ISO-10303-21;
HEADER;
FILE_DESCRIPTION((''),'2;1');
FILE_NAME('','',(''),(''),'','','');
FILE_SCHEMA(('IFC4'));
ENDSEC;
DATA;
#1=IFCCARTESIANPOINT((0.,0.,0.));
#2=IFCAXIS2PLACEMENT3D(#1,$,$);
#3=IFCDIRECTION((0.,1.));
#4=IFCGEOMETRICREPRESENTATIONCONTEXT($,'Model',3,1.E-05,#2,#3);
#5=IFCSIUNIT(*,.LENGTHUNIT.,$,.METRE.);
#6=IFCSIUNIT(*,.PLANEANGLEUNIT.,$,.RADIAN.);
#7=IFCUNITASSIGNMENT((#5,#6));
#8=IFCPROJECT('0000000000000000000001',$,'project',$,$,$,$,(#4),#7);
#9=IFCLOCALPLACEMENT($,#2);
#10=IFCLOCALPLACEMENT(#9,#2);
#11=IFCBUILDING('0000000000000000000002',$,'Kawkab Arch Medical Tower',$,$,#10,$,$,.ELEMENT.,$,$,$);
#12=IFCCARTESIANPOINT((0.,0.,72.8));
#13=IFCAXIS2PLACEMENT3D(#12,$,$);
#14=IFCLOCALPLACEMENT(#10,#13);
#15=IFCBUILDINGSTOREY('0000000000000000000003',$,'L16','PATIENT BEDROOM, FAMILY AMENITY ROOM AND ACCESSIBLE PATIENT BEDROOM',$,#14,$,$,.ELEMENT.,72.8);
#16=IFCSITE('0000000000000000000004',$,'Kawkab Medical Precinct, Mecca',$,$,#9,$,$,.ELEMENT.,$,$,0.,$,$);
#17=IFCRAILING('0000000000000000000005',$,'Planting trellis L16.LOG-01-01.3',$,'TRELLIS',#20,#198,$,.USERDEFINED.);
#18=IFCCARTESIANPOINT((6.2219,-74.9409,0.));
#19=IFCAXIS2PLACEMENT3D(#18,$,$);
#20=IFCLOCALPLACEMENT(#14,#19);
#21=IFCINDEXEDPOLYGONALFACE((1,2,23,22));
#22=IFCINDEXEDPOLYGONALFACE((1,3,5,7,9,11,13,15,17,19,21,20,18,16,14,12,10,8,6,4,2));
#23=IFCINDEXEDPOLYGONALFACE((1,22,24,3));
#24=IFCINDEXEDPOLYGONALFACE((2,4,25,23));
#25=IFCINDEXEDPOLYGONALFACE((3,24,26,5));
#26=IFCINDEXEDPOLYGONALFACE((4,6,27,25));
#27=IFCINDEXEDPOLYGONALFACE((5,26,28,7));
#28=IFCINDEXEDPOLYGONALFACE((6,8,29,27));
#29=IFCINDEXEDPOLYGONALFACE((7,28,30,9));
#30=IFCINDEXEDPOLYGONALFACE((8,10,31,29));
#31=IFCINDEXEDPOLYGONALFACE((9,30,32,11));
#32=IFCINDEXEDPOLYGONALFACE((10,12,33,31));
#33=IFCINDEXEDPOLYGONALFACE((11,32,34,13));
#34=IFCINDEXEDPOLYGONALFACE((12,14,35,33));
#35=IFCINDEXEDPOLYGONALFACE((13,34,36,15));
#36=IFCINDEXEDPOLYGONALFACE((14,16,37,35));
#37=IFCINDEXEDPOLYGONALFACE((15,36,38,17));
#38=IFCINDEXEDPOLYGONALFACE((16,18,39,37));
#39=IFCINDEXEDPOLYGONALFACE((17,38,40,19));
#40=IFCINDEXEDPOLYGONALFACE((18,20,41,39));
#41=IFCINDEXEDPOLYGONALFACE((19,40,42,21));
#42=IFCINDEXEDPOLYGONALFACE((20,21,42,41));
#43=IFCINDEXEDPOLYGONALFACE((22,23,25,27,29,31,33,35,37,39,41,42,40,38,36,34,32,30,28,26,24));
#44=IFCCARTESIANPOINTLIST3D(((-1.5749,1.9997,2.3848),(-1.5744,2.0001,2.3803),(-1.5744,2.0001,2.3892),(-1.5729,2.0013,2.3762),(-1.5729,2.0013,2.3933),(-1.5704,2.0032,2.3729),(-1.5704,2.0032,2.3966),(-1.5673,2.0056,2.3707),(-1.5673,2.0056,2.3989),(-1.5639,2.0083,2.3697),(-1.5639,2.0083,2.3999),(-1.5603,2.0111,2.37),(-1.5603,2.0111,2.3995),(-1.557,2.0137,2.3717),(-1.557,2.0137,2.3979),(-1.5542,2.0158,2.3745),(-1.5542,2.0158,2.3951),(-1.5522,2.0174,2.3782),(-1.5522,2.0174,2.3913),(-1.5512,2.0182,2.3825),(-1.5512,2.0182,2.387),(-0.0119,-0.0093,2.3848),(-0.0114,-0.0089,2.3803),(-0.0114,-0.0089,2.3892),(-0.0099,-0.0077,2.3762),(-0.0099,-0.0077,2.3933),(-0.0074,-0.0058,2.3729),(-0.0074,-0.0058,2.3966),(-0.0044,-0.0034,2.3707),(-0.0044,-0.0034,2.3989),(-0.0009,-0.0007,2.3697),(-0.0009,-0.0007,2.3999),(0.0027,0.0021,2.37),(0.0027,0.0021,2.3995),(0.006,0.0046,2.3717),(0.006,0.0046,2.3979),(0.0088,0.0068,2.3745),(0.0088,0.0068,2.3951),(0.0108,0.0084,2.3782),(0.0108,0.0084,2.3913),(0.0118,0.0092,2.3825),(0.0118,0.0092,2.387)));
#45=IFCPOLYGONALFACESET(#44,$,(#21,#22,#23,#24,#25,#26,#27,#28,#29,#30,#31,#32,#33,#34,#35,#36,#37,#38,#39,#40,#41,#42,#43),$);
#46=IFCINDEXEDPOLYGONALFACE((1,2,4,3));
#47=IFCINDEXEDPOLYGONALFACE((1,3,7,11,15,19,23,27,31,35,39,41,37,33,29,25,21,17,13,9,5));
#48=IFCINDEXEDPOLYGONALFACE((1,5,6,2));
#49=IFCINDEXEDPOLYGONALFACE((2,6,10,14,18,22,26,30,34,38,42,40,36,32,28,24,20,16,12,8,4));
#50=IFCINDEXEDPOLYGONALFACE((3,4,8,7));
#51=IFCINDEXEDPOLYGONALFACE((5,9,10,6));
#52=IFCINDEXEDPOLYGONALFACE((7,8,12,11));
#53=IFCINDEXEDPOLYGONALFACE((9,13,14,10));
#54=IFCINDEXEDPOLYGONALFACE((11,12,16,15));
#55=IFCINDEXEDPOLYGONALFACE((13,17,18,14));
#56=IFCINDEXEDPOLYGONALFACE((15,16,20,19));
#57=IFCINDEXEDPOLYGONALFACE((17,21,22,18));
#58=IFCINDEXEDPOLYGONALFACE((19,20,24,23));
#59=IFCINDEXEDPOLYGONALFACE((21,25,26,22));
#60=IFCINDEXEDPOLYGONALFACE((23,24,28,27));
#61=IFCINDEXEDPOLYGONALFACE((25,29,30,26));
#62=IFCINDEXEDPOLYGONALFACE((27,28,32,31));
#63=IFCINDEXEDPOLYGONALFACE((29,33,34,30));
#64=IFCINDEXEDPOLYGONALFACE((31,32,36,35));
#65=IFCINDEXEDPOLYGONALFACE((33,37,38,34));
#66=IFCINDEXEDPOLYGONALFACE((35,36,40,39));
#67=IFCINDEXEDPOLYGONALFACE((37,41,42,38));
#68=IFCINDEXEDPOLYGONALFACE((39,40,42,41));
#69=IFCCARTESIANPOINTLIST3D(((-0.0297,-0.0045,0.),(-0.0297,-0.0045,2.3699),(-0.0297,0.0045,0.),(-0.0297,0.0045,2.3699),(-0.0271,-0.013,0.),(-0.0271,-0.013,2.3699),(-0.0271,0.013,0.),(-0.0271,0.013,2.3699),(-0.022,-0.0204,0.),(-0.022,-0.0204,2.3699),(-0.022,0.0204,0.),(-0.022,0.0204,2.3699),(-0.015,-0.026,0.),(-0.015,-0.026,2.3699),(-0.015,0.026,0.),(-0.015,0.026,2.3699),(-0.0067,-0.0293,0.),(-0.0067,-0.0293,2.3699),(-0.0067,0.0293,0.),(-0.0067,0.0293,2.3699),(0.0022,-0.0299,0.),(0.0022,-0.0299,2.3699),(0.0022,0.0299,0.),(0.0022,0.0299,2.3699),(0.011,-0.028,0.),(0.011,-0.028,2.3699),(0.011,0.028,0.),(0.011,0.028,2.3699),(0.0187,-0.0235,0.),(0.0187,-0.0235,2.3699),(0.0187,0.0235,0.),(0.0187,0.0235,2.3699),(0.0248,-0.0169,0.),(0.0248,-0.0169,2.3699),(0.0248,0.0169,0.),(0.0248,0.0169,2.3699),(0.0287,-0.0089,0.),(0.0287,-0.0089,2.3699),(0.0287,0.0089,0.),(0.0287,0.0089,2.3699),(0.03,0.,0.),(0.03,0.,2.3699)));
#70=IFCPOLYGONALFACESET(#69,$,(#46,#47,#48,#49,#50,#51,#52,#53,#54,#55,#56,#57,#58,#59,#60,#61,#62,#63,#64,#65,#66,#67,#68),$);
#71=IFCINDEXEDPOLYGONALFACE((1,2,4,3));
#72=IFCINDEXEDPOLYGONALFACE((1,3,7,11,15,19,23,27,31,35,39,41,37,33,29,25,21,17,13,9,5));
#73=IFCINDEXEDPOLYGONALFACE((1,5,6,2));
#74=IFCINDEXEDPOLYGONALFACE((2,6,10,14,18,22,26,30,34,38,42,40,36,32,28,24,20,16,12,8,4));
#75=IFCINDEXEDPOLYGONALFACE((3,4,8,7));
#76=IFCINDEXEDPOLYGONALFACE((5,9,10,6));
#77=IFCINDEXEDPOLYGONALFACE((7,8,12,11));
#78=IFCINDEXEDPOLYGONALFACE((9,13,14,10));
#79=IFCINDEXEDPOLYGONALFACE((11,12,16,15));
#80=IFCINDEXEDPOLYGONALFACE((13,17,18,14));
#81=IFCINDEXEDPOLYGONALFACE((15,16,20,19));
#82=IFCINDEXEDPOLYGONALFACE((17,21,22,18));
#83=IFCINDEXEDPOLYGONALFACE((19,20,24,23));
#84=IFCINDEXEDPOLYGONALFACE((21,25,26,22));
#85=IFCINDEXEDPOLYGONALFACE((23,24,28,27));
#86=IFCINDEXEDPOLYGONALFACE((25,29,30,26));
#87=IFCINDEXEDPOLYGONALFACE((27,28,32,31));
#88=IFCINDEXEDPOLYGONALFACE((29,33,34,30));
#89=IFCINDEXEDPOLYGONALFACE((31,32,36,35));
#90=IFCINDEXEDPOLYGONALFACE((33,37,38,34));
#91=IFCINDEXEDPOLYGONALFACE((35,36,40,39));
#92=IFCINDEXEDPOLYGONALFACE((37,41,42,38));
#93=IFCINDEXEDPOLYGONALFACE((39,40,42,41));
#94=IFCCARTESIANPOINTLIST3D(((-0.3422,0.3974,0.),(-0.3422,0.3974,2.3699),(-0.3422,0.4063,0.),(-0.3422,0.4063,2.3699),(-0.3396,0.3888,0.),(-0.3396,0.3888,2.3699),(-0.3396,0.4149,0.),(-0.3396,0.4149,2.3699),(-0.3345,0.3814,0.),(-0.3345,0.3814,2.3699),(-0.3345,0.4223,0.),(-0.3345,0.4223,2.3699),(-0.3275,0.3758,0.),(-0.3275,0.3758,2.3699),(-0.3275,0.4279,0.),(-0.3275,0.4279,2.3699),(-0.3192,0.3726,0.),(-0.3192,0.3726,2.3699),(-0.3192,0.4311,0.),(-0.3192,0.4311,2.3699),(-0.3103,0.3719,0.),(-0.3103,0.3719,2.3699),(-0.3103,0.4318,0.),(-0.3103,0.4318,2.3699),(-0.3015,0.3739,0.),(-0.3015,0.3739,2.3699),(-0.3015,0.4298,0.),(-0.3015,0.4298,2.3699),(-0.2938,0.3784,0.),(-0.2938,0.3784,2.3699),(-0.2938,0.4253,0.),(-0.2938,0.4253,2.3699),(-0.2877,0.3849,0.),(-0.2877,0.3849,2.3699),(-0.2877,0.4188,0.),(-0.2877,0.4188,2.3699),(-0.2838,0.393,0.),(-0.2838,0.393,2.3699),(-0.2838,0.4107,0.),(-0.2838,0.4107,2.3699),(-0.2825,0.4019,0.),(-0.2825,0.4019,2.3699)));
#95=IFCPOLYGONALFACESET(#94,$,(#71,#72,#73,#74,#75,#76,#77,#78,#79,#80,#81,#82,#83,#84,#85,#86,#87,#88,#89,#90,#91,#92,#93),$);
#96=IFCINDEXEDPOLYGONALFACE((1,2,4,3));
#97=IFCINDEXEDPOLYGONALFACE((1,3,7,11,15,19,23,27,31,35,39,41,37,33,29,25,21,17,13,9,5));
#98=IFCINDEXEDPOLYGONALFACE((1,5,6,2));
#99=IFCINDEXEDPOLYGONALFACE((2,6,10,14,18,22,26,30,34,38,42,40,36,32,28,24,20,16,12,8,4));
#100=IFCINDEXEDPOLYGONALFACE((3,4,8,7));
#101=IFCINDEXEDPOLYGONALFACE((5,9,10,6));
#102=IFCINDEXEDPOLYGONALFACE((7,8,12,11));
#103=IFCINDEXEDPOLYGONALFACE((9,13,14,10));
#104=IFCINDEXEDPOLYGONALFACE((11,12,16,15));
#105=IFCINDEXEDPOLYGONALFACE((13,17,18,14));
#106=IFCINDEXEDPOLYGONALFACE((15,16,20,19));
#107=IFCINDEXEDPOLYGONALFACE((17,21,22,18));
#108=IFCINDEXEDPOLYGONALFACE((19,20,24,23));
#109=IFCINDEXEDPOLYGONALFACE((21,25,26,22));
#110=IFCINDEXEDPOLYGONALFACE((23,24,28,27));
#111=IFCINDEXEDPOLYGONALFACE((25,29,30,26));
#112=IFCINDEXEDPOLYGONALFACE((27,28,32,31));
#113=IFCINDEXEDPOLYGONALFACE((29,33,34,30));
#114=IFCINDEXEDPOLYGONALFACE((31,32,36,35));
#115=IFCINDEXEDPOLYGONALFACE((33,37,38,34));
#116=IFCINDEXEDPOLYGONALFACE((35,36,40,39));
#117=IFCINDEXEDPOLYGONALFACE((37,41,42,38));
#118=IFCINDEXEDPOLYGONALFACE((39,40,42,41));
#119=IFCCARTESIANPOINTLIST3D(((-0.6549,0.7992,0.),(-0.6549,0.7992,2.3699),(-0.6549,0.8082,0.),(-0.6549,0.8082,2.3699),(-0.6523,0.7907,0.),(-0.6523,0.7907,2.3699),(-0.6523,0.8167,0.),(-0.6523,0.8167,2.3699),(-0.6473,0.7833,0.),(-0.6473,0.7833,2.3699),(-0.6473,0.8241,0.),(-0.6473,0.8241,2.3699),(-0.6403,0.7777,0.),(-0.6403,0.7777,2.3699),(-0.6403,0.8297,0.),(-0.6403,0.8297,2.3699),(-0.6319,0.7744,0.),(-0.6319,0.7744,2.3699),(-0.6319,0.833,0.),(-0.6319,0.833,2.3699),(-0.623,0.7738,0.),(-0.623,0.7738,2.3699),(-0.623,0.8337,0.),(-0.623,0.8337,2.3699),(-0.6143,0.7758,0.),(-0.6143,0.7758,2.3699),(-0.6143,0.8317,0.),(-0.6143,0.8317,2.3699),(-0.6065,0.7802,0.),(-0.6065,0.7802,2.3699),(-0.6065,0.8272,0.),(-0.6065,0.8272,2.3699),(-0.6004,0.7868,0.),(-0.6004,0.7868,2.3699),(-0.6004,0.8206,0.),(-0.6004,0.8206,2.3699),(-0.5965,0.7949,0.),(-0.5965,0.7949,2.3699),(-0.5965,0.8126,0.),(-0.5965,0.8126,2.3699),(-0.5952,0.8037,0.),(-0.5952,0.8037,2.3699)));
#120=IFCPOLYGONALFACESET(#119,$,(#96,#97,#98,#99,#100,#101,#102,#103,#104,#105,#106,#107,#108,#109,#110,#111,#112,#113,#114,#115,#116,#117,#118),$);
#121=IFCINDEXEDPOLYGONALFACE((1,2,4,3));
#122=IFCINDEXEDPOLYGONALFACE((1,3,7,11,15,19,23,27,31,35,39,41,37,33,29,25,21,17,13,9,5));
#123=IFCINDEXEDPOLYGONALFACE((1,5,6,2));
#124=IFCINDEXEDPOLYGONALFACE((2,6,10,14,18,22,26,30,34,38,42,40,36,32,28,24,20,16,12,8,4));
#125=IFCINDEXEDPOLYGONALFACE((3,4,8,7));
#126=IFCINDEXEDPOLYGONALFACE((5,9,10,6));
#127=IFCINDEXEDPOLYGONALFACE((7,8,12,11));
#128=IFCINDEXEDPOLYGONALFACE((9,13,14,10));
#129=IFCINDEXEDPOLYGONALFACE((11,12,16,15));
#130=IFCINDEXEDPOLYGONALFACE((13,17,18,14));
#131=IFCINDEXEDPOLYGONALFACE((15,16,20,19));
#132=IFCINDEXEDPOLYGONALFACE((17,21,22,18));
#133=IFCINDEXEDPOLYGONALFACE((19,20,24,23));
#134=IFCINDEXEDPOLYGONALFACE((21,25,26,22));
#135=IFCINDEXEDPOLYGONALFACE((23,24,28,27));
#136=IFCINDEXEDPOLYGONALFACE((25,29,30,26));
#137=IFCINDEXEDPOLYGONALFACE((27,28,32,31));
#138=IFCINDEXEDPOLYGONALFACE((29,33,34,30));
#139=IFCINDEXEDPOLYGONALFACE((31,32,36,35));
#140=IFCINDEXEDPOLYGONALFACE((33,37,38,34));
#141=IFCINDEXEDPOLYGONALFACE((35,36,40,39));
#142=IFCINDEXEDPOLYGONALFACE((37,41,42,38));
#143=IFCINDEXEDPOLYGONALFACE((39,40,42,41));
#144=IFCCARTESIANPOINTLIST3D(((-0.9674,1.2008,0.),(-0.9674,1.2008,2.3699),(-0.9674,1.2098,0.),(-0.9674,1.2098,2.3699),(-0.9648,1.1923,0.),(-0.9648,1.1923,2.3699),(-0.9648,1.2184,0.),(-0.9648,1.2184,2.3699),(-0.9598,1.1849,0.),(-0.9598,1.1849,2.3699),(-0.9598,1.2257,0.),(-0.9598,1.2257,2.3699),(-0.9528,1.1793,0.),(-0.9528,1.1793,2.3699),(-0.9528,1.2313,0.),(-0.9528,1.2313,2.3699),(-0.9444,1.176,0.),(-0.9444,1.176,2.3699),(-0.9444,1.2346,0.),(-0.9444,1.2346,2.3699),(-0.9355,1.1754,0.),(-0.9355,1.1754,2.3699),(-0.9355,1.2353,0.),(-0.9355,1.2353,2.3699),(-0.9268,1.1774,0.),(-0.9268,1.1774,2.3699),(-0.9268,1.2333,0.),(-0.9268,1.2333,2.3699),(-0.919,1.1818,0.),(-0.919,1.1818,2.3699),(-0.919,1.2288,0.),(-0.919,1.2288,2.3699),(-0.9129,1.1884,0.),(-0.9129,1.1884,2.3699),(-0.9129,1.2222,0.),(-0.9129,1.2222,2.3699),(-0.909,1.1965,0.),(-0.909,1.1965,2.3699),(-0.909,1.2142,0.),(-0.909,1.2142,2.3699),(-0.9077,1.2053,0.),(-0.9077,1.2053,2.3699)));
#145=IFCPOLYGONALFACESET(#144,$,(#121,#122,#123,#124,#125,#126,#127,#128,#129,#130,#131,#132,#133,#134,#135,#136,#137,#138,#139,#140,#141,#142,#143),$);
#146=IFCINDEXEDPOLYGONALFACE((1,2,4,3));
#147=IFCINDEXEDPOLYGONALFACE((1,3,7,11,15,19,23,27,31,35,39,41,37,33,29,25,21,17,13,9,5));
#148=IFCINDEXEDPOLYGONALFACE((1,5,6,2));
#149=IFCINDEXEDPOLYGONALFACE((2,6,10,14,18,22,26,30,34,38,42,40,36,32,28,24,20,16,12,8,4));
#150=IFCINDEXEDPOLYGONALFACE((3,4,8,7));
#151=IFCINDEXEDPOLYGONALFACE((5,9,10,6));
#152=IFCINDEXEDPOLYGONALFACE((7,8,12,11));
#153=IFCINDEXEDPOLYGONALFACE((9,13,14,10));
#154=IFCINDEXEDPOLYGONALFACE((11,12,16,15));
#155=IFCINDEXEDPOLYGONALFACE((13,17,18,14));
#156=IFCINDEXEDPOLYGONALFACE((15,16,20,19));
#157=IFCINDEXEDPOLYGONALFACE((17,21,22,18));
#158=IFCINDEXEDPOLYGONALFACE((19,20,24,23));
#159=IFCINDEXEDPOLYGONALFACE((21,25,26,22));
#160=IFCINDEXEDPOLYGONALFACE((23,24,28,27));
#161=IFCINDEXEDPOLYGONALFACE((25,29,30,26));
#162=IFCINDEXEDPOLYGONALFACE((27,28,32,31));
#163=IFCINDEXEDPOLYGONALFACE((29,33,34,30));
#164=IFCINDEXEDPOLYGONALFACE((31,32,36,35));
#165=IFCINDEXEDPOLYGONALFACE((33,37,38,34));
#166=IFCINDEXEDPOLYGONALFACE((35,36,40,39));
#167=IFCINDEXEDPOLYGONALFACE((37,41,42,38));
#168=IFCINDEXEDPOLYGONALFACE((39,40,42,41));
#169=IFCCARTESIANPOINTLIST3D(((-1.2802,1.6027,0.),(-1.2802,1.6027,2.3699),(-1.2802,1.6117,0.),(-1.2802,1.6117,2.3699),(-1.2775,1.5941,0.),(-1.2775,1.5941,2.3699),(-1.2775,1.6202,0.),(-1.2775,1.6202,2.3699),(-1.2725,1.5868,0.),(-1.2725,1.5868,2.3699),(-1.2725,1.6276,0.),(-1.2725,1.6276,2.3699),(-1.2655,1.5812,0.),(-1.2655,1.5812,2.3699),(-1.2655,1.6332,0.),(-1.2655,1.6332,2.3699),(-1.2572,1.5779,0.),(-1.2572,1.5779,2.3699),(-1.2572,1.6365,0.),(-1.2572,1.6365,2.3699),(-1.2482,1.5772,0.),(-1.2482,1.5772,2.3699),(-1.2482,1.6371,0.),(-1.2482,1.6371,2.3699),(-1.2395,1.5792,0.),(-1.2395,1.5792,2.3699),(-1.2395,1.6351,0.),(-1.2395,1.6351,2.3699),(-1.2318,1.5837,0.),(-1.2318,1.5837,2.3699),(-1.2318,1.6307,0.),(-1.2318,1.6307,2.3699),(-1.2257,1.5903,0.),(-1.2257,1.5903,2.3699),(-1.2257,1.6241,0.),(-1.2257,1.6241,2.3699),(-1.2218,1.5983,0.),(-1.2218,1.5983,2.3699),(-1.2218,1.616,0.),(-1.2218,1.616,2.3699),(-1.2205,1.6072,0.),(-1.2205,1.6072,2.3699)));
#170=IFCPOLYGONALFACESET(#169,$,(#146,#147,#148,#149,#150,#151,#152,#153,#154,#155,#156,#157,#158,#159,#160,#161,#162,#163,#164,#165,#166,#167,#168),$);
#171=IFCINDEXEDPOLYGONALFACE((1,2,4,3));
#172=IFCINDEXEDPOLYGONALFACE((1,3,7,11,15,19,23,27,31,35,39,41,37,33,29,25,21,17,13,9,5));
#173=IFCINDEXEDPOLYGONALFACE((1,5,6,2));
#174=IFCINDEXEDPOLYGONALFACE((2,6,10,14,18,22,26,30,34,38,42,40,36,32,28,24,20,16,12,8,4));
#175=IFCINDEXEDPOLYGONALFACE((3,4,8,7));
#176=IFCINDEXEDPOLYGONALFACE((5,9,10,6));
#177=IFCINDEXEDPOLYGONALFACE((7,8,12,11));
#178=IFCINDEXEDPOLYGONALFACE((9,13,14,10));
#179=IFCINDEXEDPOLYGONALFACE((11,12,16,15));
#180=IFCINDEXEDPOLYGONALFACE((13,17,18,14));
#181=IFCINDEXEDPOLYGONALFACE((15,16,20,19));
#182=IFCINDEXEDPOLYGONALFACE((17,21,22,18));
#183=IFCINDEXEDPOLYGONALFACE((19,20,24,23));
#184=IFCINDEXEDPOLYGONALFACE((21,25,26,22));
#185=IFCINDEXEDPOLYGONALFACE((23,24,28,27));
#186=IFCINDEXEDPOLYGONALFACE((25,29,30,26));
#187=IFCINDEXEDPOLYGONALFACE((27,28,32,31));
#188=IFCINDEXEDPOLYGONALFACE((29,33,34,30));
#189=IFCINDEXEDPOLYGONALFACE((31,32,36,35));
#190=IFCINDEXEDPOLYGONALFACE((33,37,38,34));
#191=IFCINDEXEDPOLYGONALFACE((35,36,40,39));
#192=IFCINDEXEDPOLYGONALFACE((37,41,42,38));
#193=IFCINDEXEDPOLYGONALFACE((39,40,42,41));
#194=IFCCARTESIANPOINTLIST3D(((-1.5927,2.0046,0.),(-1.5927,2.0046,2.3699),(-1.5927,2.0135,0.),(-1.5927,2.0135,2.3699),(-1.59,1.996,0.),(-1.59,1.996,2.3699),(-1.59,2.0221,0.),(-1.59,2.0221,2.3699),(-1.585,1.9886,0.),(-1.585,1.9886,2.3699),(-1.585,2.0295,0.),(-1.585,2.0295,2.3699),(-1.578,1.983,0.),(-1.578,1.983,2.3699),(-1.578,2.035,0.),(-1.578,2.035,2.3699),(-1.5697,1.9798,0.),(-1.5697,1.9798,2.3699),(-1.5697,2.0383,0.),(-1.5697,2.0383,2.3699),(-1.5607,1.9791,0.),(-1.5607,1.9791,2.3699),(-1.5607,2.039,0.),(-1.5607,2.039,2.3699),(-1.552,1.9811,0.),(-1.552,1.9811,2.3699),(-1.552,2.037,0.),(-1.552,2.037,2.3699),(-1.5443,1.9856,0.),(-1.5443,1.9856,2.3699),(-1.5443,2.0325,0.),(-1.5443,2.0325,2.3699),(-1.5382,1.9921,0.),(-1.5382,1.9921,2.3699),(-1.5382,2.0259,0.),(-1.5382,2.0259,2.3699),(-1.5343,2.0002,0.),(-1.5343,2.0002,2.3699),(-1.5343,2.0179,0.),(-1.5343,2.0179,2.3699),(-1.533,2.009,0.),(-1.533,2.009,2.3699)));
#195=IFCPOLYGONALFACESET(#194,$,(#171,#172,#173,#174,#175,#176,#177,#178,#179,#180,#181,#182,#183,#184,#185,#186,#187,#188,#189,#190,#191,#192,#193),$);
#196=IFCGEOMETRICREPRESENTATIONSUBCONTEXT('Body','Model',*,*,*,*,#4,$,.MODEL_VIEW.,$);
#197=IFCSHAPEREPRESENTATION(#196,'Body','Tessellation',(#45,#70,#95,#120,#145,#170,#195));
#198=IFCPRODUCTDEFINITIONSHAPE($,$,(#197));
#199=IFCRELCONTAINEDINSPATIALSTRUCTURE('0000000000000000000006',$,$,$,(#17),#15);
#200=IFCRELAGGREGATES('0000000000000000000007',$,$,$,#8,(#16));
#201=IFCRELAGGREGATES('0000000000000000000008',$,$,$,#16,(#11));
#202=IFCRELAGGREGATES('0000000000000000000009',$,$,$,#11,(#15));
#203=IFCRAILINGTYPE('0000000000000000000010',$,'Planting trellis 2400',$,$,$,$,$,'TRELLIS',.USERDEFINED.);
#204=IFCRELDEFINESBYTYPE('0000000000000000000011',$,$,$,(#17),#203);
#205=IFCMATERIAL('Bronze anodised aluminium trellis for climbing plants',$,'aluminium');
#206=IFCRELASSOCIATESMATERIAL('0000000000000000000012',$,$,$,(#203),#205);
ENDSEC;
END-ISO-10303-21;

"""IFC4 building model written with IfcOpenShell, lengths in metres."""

from ifc_helpers import new_model, si_unit, direction, frame, origin, origin_2d, place, context, subcontext, project, spatial, circle, extrude, material, type_object, element, save


model = new_model("IFC4")

# Units and contexts
model_context = context("Model", 3, precision=1e-05, world=origin(), true_north=direction((0.0, 1.0)))
body_context = subcontext(model_context, "Body", "Model", "MODEL_VIEW")
ifc_project = project(units=[si_unit("LENGTHUNIT", "METRE"), si_unit("PLANEANGLEUNIT", "RADIAN")], contexts=[model_context])

# Site, building, storey
site_placement = place(None, origin())
site = spatial("IfcSite", under=ifc_project, at=site_placement, Name="Kawkab Medical Precinct, Mecca", CompositionType="ELEMENT", RefElevation=0.0)
building_placement = place(site_placement, origin())
building = spatial("IfcBuilding", under=site, at=building_placement, Name="Kawkab Arch Medical Tower", CompositionType="ELEMENT")
storey_placement = place(building_placement, frame((0.0, 0.0, 72.8)))
storey = spatial("IfcBuildingStorey", under=building, at=storey_placement, Name="L16", Description="PATIENT BEDROOM, FAMILY AMENITY ROOM AND ACCESSIBLE PATIENT BEDROOM", CompositionType="ELEMENT", Elevation=72.8)

# Railing
ifc_material_1 = material(Name="Bronze anodised aluminium trellis for climbing plants", Category="aluminium")
railing_type = type_object("IfcRailingType", Name="Planting trellis 2400", ElementType="TRELLIS", PredefinedType="USERDEFINED", material=ifc_material_1)
railing_1_placement = place(storey_placement, frame((6.2219, -74.9409, 0.0)))
element("IfcRailing", 1, at=railing_1_placement, inside=storey, type_object=railing_type, Name="Planting trellis L16.LOG-01-01.3", ObjectType="TRELLIS", PredefinedType="USERDEFINED", context=body_context, shape_type="SweptSolid", body=[
    extrude(circle(Radius=0.0151, at=origin_2d()), frame((0.0, 0.0, 2.3848), z_axis=(-0.61404, 0.789275, 0.0), x_axis=(-0.789275, -0.61404, 0.0)), (0.0, 0.0, 1.0), 2.5454),
    extrude(circle(Radius=0.03, at=origin_2d()), origin(), (0.0, 0.0, 1.0), 2.3699),
    extrude(circle(Radius=0.03, at=origin_2d()), frame((-0.3125, 0.4019, 0.0)), (0.0, 0.0, 1.0), 2.3699),
    extrude(circle(Radius=0.03, at=origin_2d()), frame((-0.6252, 0.8037, 0.0)), (0.0, 0.0, 1.0), 2.3699),
    extrude(circle(Radius=0.03, at=origin_2d()), frame((-0.9377, 1.2053, 0.0)), (0.0, 0.0, 1.0), 2.3699),
    extrude(circle(Radius=0.03, at=origin_2d()), frame((-1.2505, 1.6072, 0.0)), (0.0, 0.0, 1.0), 2.3699),
    extrude(circle(Radius=0.03, at=origin_2d()), frame((-1.563, 2.009, 0.0)), (0.0, 0.0, 1.0), 2.3699),
])

save(model, "model.ifc")
